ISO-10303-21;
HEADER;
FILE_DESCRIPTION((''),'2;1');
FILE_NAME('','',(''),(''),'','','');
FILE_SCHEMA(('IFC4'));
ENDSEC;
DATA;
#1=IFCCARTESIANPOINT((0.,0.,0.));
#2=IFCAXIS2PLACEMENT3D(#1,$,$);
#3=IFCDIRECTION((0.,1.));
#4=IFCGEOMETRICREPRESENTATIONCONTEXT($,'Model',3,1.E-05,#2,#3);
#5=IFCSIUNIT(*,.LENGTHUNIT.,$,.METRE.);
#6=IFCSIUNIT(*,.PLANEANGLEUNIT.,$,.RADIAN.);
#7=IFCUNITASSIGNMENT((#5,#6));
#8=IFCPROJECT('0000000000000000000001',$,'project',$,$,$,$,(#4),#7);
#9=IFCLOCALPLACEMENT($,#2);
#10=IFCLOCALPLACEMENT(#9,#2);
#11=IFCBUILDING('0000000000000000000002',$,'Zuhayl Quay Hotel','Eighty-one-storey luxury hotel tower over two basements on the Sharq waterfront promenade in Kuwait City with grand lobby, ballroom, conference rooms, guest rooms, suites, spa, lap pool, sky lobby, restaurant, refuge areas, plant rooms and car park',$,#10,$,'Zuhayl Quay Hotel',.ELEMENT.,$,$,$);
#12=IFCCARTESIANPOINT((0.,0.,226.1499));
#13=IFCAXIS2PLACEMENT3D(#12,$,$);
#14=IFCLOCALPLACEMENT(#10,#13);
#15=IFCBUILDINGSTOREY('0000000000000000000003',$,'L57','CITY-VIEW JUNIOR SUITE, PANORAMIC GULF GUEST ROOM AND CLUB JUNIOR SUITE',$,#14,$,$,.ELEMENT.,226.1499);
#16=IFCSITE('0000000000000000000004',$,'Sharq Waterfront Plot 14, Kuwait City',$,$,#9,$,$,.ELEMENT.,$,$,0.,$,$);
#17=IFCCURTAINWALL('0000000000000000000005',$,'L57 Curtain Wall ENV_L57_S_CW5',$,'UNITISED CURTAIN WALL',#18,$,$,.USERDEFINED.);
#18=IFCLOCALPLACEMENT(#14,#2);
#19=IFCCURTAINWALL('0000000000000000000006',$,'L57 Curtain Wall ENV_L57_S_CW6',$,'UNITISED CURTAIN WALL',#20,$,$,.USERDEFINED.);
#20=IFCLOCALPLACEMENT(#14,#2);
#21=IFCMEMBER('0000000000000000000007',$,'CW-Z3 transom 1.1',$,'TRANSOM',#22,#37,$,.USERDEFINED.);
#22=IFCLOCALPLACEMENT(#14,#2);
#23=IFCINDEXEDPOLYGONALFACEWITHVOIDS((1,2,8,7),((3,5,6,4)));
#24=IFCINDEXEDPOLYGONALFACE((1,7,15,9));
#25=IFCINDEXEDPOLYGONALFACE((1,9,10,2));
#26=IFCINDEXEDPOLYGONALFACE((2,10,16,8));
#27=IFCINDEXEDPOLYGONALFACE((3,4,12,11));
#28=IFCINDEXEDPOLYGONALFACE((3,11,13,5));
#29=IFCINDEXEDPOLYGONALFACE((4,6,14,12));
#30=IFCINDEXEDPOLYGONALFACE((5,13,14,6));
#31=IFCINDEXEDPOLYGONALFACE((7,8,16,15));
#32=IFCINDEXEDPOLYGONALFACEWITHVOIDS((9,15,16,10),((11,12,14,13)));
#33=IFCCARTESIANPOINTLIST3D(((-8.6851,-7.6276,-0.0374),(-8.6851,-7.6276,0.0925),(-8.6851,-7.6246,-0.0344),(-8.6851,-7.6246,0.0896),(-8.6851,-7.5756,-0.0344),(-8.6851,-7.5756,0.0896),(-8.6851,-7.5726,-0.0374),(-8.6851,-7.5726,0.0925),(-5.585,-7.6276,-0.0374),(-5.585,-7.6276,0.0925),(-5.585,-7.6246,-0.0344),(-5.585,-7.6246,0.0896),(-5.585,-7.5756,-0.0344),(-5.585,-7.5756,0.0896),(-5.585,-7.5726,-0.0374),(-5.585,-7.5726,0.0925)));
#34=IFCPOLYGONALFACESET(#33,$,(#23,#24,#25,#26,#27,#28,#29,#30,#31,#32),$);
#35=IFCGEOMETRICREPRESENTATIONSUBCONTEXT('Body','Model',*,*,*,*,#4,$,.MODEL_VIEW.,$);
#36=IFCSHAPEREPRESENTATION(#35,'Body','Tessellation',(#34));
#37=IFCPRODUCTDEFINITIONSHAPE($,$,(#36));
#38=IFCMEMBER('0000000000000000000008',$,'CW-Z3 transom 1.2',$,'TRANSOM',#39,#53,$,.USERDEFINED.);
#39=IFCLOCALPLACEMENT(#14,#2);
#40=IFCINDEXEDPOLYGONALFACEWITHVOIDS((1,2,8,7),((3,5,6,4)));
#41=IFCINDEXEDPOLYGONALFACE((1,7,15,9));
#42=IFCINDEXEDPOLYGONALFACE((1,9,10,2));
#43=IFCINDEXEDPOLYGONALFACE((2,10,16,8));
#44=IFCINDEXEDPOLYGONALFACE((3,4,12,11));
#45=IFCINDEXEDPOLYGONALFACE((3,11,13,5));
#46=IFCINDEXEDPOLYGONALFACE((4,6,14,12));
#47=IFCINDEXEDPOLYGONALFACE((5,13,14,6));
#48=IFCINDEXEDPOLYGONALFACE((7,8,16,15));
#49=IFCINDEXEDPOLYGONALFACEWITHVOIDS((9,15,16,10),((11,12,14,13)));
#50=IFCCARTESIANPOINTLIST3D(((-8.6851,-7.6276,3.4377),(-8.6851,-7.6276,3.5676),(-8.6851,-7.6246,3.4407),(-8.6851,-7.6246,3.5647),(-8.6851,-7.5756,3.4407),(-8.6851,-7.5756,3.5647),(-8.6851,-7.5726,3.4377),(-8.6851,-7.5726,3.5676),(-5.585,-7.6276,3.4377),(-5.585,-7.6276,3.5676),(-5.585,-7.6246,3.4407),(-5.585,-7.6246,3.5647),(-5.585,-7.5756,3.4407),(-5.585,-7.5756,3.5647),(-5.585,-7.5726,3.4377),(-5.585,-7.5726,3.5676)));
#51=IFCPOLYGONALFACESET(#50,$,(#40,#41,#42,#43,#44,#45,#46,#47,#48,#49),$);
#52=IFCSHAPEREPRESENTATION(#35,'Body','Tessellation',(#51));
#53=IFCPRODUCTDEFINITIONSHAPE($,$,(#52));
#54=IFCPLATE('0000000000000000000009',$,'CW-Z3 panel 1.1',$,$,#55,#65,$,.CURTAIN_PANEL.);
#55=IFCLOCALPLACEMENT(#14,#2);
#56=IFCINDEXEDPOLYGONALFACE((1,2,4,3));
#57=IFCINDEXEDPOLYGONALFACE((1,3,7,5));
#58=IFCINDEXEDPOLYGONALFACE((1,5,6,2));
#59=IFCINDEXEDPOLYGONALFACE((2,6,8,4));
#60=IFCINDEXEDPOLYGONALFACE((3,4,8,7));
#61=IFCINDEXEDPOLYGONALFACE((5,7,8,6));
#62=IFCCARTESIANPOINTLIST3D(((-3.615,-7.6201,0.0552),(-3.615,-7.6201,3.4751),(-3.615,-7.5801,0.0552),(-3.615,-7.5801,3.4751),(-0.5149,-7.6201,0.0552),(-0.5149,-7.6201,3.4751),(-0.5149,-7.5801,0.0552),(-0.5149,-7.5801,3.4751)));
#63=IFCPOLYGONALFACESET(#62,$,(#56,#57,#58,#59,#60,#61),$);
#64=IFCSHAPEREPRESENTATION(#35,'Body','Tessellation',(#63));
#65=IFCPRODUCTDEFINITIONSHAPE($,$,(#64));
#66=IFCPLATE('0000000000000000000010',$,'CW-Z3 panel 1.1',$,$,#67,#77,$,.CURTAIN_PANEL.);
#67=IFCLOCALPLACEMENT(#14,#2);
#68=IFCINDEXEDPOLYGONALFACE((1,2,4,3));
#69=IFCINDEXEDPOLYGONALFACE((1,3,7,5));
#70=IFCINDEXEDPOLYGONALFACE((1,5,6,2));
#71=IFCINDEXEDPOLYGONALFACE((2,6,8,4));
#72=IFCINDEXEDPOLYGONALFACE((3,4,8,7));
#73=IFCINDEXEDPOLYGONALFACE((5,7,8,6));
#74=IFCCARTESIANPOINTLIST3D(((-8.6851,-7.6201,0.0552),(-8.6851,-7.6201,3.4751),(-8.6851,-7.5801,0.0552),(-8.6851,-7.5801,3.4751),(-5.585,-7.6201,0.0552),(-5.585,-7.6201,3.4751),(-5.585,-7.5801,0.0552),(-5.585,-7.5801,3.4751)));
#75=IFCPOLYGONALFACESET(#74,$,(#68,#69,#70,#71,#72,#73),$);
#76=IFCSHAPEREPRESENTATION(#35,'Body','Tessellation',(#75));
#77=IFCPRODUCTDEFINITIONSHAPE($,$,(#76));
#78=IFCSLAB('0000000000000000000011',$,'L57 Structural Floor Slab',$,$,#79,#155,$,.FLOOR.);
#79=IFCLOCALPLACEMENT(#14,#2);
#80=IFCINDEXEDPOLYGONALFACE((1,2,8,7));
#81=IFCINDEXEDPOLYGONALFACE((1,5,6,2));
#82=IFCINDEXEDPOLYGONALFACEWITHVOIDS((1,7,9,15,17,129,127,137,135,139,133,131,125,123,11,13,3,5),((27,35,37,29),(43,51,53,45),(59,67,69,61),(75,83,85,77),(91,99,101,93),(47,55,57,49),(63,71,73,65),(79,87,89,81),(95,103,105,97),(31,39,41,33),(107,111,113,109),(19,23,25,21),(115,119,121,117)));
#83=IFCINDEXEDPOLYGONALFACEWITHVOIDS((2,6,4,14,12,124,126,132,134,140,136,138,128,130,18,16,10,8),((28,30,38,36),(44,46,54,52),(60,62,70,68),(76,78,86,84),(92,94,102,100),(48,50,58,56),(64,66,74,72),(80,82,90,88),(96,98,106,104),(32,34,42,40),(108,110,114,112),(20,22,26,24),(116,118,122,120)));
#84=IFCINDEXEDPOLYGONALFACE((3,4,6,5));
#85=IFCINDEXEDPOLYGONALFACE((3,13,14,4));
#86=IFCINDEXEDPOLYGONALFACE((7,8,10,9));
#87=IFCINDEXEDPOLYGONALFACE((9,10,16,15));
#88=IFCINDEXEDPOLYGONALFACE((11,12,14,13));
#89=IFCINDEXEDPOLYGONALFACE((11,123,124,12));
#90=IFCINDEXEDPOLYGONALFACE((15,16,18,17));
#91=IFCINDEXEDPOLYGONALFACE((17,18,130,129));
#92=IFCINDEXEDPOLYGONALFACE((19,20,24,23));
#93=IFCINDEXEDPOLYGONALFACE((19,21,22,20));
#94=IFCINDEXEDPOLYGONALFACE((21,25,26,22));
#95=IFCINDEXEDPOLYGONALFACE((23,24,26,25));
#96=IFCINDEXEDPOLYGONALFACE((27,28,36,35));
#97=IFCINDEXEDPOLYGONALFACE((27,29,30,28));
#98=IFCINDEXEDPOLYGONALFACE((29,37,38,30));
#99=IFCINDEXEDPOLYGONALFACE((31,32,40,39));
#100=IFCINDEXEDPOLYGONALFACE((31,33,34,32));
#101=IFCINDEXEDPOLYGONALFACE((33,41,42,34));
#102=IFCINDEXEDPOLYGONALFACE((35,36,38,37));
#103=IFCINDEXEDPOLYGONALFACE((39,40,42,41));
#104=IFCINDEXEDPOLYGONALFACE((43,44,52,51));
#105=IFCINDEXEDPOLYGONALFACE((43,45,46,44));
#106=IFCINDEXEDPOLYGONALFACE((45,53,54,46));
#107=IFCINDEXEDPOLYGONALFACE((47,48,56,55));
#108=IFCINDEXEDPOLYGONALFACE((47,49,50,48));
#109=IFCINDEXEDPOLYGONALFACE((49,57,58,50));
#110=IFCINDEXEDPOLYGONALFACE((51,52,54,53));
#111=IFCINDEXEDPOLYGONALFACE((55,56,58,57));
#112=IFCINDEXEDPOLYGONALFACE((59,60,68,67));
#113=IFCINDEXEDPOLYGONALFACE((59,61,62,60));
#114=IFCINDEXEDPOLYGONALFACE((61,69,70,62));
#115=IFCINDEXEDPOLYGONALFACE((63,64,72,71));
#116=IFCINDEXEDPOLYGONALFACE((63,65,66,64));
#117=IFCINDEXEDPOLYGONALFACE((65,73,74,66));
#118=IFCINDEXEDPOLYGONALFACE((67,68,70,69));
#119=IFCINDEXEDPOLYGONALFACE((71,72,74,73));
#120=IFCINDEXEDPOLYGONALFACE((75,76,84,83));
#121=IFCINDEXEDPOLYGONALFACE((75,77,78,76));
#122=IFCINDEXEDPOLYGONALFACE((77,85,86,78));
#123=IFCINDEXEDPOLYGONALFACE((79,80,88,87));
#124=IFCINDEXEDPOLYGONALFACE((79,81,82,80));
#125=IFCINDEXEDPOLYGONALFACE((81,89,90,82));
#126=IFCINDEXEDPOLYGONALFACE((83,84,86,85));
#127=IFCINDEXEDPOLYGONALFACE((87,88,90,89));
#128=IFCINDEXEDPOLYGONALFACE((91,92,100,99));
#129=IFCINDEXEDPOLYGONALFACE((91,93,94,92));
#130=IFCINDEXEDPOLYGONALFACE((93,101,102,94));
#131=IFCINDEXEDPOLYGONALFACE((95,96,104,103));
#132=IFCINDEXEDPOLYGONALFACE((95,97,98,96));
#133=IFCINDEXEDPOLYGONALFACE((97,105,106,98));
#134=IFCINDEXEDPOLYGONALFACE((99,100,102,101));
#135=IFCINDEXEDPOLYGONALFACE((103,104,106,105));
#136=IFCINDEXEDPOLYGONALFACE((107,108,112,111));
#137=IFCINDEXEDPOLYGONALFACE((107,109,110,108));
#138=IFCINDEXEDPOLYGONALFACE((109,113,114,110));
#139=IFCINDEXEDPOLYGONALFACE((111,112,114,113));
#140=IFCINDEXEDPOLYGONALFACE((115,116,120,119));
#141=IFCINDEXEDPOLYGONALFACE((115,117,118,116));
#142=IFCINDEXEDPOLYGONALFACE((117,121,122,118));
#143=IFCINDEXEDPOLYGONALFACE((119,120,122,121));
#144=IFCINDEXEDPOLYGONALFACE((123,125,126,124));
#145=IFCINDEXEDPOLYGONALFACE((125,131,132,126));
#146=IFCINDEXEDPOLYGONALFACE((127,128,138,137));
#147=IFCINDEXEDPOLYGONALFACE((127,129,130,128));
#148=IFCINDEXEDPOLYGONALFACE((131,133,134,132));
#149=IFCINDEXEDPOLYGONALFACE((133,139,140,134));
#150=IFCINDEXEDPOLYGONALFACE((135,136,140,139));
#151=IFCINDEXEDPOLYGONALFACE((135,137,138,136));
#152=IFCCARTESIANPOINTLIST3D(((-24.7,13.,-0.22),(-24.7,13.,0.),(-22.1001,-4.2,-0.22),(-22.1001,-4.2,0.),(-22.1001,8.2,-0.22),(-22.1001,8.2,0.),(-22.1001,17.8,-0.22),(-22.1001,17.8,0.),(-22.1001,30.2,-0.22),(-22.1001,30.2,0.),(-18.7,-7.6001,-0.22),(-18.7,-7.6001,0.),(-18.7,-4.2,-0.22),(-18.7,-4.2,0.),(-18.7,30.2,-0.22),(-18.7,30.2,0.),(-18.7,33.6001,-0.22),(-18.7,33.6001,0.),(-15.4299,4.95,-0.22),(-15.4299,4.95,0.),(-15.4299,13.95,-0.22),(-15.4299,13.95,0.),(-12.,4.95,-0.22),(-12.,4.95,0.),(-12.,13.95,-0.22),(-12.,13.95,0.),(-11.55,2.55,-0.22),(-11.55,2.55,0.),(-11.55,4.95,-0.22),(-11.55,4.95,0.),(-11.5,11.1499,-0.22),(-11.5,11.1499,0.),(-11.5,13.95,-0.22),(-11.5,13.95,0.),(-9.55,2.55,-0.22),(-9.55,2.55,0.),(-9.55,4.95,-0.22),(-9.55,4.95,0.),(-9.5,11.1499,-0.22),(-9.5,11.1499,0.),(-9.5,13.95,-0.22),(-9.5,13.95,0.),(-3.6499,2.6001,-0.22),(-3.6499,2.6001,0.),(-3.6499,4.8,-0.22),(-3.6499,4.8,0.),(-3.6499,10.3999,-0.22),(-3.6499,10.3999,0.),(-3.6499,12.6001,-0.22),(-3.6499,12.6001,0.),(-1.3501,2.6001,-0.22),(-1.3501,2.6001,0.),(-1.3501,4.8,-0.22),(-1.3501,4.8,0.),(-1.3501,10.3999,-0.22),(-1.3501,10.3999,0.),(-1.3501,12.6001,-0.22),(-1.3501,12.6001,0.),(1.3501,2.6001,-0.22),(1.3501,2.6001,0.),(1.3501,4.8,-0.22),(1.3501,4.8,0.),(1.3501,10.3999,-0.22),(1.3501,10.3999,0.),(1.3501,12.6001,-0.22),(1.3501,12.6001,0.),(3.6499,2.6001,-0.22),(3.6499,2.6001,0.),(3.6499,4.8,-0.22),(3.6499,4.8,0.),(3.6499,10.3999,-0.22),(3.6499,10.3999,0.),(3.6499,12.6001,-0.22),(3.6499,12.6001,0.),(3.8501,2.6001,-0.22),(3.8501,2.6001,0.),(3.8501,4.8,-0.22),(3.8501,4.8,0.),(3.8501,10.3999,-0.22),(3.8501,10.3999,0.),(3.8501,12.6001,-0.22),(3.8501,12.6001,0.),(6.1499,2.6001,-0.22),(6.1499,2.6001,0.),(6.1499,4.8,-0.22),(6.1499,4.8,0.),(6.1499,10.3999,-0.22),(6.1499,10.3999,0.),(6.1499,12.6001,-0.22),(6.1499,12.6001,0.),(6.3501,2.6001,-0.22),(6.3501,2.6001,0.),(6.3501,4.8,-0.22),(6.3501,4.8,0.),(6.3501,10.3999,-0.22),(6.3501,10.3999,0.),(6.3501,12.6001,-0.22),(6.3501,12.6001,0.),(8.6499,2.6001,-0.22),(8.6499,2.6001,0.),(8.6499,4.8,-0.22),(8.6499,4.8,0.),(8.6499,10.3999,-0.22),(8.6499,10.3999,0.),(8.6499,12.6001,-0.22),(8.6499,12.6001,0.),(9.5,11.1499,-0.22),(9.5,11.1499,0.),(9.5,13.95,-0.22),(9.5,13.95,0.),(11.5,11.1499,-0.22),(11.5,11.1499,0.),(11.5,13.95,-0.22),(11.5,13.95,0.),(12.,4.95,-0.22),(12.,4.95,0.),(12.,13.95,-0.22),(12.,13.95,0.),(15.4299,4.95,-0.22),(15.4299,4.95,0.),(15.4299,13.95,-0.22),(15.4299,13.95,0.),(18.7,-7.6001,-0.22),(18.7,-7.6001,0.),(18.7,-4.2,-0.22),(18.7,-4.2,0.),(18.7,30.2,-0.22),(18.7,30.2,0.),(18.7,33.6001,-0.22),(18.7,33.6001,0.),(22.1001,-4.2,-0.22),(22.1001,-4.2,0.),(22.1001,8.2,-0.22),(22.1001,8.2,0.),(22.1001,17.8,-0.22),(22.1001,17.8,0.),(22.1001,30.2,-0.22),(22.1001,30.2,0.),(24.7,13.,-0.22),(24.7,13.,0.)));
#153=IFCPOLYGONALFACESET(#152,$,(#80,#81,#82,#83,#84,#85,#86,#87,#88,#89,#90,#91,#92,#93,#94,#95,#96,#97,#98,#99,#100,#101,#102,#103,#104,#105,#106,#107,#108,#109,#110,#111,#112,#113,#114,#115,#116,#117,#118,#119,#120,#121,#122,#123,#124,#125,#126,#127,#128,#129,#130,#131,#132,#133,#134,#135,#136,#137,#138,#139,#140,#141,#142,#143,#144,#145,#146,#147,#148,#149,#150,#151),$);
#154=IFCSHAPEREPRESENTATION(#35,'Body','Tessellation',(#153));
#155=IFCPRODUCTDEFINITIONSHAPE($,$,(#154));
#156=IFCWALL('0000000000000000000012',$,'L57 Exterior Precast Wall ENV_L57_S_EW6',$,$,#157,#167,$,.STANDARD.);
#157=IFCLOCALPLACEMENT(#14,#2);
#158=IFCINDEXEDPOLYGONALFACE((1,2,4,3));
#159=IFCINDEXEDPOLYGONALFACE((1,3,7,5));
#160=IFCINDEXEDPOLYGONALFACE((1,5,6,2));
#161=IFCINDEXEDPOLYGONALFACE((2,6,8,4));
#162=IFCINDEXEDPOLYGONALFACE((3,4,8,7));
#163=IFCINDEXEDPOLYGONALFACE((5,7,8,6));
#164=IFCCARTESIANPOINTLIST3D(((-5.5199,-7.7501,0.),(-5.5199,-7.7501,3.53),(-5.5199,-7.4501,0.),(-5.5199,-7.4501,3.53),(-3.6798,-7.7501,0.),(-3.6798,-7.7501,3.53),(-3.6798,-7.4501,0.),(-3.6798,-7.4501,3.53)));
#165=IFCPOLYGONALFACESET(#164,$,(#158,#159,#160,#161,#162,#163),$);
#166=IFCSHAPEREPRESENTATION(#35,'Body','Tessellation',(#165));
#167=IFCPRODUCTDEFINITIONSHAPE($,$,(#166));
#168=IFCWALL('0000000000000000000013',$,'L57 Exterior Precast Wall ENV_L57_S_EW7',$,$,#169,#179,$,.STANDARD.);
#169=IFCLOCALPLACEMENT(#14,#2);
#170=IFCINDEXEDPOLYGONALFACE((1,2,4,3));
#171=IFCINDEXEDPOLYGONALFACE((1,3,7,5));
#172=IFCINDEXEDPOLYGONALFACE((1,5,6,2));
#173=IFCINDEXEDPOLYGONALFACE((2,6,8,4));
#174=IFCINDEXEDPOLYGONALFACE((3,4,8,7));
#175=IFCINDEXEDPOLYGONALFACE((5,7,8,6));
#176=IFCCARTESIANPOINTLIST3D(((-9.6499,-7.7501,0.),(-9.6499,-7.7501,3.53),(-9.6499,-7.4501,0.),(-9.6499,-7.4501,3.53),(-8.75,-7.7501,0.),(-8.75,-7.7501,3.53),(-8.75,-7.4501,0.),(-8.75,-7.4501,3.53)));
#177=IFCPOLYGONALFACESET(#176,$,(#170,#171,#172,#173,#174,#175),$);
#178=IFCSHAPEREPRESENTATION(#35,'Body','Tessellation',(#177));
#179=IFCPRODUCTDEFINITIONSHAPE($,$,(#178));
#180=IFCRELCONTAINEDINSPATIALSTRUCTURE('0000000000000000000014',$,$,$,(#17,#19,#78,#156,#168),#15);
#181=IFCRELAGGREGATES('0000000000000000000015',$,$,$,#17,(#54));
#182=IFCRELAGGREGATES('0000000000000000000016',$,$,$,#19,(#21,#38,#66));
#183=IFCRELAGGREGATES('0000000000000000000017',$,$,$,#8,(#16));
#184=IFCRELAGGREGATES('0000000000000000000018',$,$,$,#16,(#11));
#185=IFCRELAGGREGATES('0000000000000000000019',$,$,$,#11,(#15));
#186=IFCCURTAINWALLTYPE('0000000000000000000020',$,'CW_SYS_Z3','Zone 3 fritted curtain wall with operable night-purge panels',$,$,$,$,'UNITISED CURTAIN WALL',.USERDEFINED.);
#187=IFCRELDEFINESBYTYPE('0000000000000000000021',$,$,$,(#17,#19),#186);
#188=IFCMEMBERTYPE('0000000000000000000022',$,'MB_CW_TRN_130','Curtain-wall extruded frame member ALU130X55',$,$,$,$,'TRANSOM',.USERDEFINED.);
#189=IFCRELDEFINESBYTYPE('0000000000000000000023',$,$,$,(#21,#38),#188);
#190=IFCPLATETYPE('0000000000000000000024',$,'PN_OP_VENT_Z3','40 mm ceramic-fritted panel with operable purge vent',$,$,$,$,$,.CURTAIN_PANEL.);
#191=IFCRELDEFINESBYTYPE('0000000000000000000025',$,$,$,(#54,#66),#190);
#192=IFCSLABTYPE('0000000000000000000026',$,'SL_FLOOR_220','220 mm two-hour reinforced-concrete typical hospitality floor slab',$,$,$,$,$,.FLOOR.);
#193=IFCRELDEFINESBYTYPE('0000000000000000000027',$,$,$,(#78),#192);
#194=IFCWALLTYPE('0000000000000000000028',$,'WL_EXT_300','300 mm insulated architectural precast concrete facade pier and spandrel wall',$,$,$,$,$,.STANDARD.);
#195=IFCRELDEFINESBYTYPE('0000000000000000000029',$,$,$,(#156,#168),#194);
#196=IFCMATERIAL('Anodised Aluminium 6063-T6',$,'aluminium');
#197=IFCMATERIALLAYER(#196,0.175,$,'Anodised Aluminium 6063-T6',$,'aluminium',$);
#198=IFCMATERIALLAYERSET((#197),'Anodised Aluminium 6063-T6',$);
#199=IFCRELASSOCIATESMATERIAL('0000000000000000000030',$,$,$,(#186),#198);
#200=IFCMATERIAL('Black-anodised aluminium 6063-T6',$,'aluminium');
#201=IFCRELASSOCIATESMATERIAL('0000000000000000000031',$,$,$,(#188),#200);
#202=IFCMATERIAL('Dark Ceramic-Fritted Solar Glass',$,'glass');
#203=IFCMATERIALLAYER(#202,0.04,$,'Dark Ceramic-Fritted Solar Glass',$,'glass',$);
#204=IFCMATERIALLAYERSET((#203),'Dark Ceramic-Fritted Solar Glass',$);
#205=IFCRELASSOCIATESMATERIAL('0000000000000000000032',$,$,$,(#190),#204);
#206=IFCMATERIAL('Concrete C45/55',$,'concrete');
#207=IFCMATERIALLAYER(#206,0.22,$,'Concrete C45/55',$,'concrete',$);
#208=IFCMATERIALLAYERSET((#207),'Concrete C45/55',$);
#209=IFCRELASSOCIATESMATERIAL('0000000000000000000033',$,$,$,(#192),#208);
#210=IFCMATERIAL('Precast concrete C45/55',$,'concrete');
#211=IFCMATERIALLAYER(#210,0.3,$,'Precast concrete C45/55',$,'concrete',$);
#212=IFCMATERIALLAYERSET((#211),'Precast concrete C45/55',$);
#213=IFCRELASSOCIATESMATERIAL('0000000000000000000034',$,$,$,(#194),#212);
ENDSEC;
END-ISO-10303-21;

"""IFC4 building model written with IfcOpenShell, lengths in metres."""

from ifc_helpers import new_model, si_unit, direction, frame, frame_2d, origin, origin_2d, place, context, subcontext, project, spatial, polyline, rectangle, hollow_rectangle, outline, extrude, material, layer, layer_set, material_profile, profile_set, type_object, element, aggregate, save


model = new_model("IFC4")

# Units and contexts
model_context = context("Model", 3, precision=1e-05, world=origin(), true_north=direction((0.0, 1.0)))
body_context = subcontext(model_context, "Body", "Model", "MODEL_VIEW")
ifc_project = project(units=[si_unit("LENGTHUNIT", "METRE"), si_unit("PLANEANGLEUNIT", "RADIAN")], contexts=[model_context])

# Site, building, storey
site_placement = place(None, origin())
site = spatial("IfcSite", under=ifc_project, at=site_placement, Name="Sharq Waterfront Plot 14, Kuwait City", CompositionType="ELEMENT", RefElevation=0.0)
building_placement = place(site_placement, origin())
building = spatial("IfcBuilding", under=site, at=building_placement, Name="Zuhayl Quay Hotel", Description="Eighty-one-storey luxury hotel tower over two basements on the Sharq waterfront promenade in Kuwait City with grand lobby, ballroom, conference rooms, guest rooms, suites, spa, lap pool, sky lobby, restaurant, refuge areas, plant rooms and car park", LongName="Zuhayl Quay Hotel", CompositionType="ELEMENT")
storey_placement = place(building_placement, frame((0.0, 0.0, 226.1499)))
storey = spatial("IfcBuildingStorey", under=building, at=storey_placement, Name="L57", Description="CITY-VIEW JUNIOR SUITE, PANORAMIC GULF GUEST ROOM AND CLUB JUNIOR SUITE", CompositionType="ELEMENT", Elevation=226.1499)

# Curtain walls
ifc_material_1 = material(Name="Anodised Aluminium 6063-T6", Category="aluminium")
ifc_layer_1 = layer(ifc_material_1, 0.175, Name="Anodised Aluminium 6063-T6", Category="aluminium")
ifc_layer_set_1 = layer_set([ifc_layer_1], Name="Anodised Aluminium 6063-T6")
curtain_wall_type = type_object("IfcCurtainWallType", Name="CW_SYS_Z3", Description="Zone 3 fritted curtain wall with operable night-purge panels", ElementType="UNITISED CURTAIN WALL", PredefinedType="USERDEFINED", material=ifc_layer_set_1)
curtain_wall_1_placement = place(storey_placement, origin())
curtain_wall_1 = element("IfcCurtainWall", 1, at=curtain_wall_1_placement, inside=storey, type_object=curtain_wall_type, Name="L57 Curtain Wall ENV_L57_S_CW5", ObjectType="UNITISED CURTAIN WALL", PredefinedType="USERDEFINED")
ifc_material_2 = material(Name="Black-anodised aluminium 6063-T6", Category="aluminium")
curtain_wall_2_placement = place(storey_placement, origin())
curtain_wall_2 = element("IfcCurtainWall", 2, at=curtain_wall_2_placement, inside=storey, type_object=curtain_wall_type, Name="L57 Curtain Wall ENV_L57_S_CW6", ObjectType="UNITISED CURTAIN WALL", PredefinedType="USERDEFINED")

# Members
ifc_material_profile_1 = material_profile(ifc_material_2, hollow_rectangle(XDim=0.0549, YDim=0.1299, WallThickness=0.0029, at=origin_2d()), Name="ALU130X55")
ifc_profile_set_1 = profile_set([ifc_material_profile_1], Name="Black-anodised aluminium 6063-T6")
member_type_1 = type_object("IfcMemberType", Name="MB_CW_TRN_130", Description="Curtain-wall extruded frame member ALU130X55", ElementType="TRANSOM", PredefinedType="USERDEFINED", material=ifc_profile_set_1)
member_1_placement = place(storey_placement, frame((-5.585, -7.6001, 0.0276), z_axis=(-1.0, 0.0, 0.0), x_axis=(0.0, -1.0, 0.0)))
member_1 = element("IfcMember", 3, at=member_1_placement, type_object=member_type_1, Name="CW-Z3 transom 1.1", ObjectType="TRANSOM", PredefinedType="USERDEFINED", context=body_context, shape_type="SweptSolid", body=[
    extrude(hollow_rectangle(XDim=0.0549, YDim=0.1299, WallThickness=0.0029, at=origin_2d()), origin(), (0.0, 0.0, 1.0), 3.1001),
])
member_2_placement = place(storey_placement, frame((-5.585, -7.6001, 3.5027), z_axis=(-1.0, 0.0, 0.0), x_axis=(0.0, -1.0, 0.0)))
member_2 = element("IfcMember", 4, at=member_2_placement, type_object=member_type_1, Name="CW-Z3 transom 1.2", ObjectType="TRANSOM", PredefinedType="USERDEFINED", context=body_context, shape_type="SweptSolid", body=[
    extrude(hollow_rectangle(XDim=0.0549, YDim=0.1299, WallThickness=0.0029, at=origin_2d()), origin(), (0.0, 0.0, 1.0), 3.1001),
])

# Plates
ifc_material_3 = material(Name="Dark Ceramic-Fritted Solar Glass", Category="glass")
ifc_layer_2 = layer(ifc_material_3, 0.04, Name="Dark Ceramic-Fritted Solar Glass", Category="glass")
ifc_layer_set_2 = layer_set([ifc_layer_2], Name="Dark Ceramic-Fritted Solar Glass")
plate_type = type_object("IfcPlateType", Name="PN_OP_VENT_Z3", Description="40 mm ceramic-fritted panel with operable purge vent", PredefinedType="CURTAIN_PANEL", material=ifc_layer_set_2)
plate_1_placement = place(storey_placement, frame((-2.0649, -7.6001, 0.0552), z_axis=(0.0, 0.0, 1.0), x_axis=(-1.0, 0.0, 0.0)))
plate_1 = element("IfcPlate", 5, at=plate_1_placement, type_object=plate_type, Name="CW-Z3 panel 1.1", PredefinedType="CURTAIN_PANEL", context=body_context, shape_type="SweptSolid", body=[
    extrude(rectangle(XDim=3.1001, YDim=0.04, at=origin_2d()), origin(), (0.0, 0.0, 1.0), 3.4199),
])
aggregate(curtain_wall_1, [plate_1])
plate_2_placement = place(storey_placement, frame((-7.135, -7.6001, 0.0552), z_axis=(0.0, 0.0, 1.0), x_axis=(-1.0, 0.0, 0.0)))
plate_2 = element("IfcPlate", 6, at=plate_2_placement, type_object=plate_type, Name="CW-Z3 panel 1.1", PredefinedType="CURTAIN_PANEL", context=body_context, shape_type="SweptSolid", body=[
    extrude(rectangle(XDim=3.1001, YDim=0.04, at=origin_2d()), origin(), (0.0, 0.0, 1.0), 3.4199),
])
aggregate(curtain_wall_2, [member_1, member_2, plate_2])

# Slab
ifc_material_4 = material(Name="Concrete C45/55", Category="concrete")
ifc_layer_3 = layer(ifc_material_4, 0.22, Name="Concrete C45/55", Category="concrete")
ifc_layer_set_3 = layer_set([ifc_layer_3], Name="Concrete C45/55")
slab_type = type_object("IfcSlabType", Name="SL_FLOOR_220", Description="220 mm two-hour reinforced-concrete typical hospitality floor slab", PredefinedType="FLOOR", material=ifc_layer_set_3)
slab_placement = place(storey_placement, frame((0.0, 0.0, -0.22)))
element("IfcSlab", 7, at=slab_placement, inside=storey, type_object=slab_type, Name="L57 Structural Floor Slab", PredefinedType="FLOOR", context=body_context, shape_type="SweptSolid", body=[
    extrude(outline(polyline([(-18.7, -7.6001), (18.7, -7.6001), (18.7, -4.2), (22.1001, -4.2), (22.1001, 8.2), (24.7, 13.0), (22.1001, 17.8), (22.1001, 30.2), (18.7, 30.2), (18.7, 33.6001), (-18.7, 33.6001), (-18.7, 30.2), (-22.1001, 30.2), (-22.1001, 17.8), (-24.7, 13.0), (-22.1001, 8.2), (-22.1001, -4.2), (-18.7, -4.2), (-18.7, -7.6001)]), holes=[polyline([(-12.0, 4.95), (-12.0, 13.95), (-15.4299, 13.95), (-15.4299, 4.95), (-12.0, 4.95)]), polyline([(15.4299, 4.95), (15.4299, 13.95), (12.0, 13.95), (12.0, 4.95), (15.4299, 4.95)]), polyline([(-11.5, 11.1499), (-9.5, 11.1499), (-9.5, 13.95), (-11.5, 13.95), (-11.5, 11.1499)]), polyline([(9.5, 11.1499), (11.5, 11.1499), (11.5, 13.95), (9.5, 13.95), (9.5, 11.1499)]), polyline([(-3.6499, 2.6001), (-1.3501, 2.6001), (-1.3501, 4.8), (-3.6499, 4.8), (-3.6499, 2.6001)]), polyline([(1.3501, 2.6001), (3.6499, 2.6001), (3.6499, 4.8), (1.3501, 4.8), (1.3501, 2.6001)]), polyline([(-3.6499, 10.3999), (-1.3501, 10.3999), (-1.3501, 12.6001), (-3.6499, 12.6001), (-3.6499, 10.3999)]), polyline([(1.3501, 10.3999), (3.6499, 10.3999), (3.6499, 12.6001), (1.3501, 12.6001), (1.3501, 10.3999)]), polyline([(3.8501, 2.6001), (6.1499, 2.6001), (6.1499, 4.8), (3.8501, 4.8), (3.8501, 2.6001)]), polyline([(6.3501, 2.6001), (8.6499, 2.6001), (8.6499, 4.8), (6.3501, 4.8), (6.3501, 2.6001)]), polyline([(3.8501, 10.3999), (6.1499, 10.3999), (6.1499, 12.6001), (3.8501, 12.6001), (3.8501, 10.3999)]), polyline([(6.3501, 10.3999), (8.6499, 10.3999), (8.6499, 12.6001), (6.3501, 12.6001), (6.3501, 10.3999)]), polyline([(-11.55, 2.55), (-9.55, 2.55), (-9.55, 4.95), (-11.55, 4.95), (-11.55, 2.55)])]), origin(), (0.0, 0.0, 1.0), 0.22),
])

# Walls
ifc_material_5 = material(Name="Precast concrete C45/55", Category="concrete")
ifc_layer_4 = layer(ifc_material_5, 0.3, Name="Precast concrete C45/55", Category="concrete")
ifc_layer_set_4 = layer_set([ifc_layer_4], Name="Precast concrete C45/55")
wall_type_1 = type_object("IfcWallType", Name="WL_EXT_300", Description="300 mm insulated architectural precast concrete facade pier and spandrel wall", PredefinedType="STANDARD", material=ifc_layer_set_4)
wall_1_placement = place(storey_placement, frame((-3.6799, -7.6001, 0.0), z_axis=(0.0, 0.0, 1.0), x_axis=(-1.0, 0.0, 0.0)))
element("IfcWall", 8, at=wall_1_placement, inside=storey, type_object=wall_type_1, Name="L57 Exterior Precast Wall ENV_L57_S_EW6", PredefinedType="STANDARD", context=body_context, shape_type="SweptSolid", body=[
    extrude(rectangle(XDim=1.8401, YDim=0.3, at=frame_2d((0.9199, 0.0))), origin(), (0.0, 0.0, 1.0), 3.53),
])
wall_2_placement = place(storey_placement, frame((-8.75, -7.6001, 0.0), z_axis=(0.0, 0.0, 1.0), x_axis=(-1.0, 0.0, 0.0)))
element("IfcWall", 9, at=wall_2_placement, inside=storey, type_object=wall_type_1, Name="L57 Exterior Precast Wall ENV_L57_S_EW7", PredefinedType="STANDARD", context=body_context, shape_type="SweptSolid", body=[
    extrude(rectangle(XDim=0.8999, YDim=0.3, at=frame_2d((0.45, 0.0))), origin(), (0.0, 0.0, 1.0), 3.53),
])

save(model, "model.ifc")
